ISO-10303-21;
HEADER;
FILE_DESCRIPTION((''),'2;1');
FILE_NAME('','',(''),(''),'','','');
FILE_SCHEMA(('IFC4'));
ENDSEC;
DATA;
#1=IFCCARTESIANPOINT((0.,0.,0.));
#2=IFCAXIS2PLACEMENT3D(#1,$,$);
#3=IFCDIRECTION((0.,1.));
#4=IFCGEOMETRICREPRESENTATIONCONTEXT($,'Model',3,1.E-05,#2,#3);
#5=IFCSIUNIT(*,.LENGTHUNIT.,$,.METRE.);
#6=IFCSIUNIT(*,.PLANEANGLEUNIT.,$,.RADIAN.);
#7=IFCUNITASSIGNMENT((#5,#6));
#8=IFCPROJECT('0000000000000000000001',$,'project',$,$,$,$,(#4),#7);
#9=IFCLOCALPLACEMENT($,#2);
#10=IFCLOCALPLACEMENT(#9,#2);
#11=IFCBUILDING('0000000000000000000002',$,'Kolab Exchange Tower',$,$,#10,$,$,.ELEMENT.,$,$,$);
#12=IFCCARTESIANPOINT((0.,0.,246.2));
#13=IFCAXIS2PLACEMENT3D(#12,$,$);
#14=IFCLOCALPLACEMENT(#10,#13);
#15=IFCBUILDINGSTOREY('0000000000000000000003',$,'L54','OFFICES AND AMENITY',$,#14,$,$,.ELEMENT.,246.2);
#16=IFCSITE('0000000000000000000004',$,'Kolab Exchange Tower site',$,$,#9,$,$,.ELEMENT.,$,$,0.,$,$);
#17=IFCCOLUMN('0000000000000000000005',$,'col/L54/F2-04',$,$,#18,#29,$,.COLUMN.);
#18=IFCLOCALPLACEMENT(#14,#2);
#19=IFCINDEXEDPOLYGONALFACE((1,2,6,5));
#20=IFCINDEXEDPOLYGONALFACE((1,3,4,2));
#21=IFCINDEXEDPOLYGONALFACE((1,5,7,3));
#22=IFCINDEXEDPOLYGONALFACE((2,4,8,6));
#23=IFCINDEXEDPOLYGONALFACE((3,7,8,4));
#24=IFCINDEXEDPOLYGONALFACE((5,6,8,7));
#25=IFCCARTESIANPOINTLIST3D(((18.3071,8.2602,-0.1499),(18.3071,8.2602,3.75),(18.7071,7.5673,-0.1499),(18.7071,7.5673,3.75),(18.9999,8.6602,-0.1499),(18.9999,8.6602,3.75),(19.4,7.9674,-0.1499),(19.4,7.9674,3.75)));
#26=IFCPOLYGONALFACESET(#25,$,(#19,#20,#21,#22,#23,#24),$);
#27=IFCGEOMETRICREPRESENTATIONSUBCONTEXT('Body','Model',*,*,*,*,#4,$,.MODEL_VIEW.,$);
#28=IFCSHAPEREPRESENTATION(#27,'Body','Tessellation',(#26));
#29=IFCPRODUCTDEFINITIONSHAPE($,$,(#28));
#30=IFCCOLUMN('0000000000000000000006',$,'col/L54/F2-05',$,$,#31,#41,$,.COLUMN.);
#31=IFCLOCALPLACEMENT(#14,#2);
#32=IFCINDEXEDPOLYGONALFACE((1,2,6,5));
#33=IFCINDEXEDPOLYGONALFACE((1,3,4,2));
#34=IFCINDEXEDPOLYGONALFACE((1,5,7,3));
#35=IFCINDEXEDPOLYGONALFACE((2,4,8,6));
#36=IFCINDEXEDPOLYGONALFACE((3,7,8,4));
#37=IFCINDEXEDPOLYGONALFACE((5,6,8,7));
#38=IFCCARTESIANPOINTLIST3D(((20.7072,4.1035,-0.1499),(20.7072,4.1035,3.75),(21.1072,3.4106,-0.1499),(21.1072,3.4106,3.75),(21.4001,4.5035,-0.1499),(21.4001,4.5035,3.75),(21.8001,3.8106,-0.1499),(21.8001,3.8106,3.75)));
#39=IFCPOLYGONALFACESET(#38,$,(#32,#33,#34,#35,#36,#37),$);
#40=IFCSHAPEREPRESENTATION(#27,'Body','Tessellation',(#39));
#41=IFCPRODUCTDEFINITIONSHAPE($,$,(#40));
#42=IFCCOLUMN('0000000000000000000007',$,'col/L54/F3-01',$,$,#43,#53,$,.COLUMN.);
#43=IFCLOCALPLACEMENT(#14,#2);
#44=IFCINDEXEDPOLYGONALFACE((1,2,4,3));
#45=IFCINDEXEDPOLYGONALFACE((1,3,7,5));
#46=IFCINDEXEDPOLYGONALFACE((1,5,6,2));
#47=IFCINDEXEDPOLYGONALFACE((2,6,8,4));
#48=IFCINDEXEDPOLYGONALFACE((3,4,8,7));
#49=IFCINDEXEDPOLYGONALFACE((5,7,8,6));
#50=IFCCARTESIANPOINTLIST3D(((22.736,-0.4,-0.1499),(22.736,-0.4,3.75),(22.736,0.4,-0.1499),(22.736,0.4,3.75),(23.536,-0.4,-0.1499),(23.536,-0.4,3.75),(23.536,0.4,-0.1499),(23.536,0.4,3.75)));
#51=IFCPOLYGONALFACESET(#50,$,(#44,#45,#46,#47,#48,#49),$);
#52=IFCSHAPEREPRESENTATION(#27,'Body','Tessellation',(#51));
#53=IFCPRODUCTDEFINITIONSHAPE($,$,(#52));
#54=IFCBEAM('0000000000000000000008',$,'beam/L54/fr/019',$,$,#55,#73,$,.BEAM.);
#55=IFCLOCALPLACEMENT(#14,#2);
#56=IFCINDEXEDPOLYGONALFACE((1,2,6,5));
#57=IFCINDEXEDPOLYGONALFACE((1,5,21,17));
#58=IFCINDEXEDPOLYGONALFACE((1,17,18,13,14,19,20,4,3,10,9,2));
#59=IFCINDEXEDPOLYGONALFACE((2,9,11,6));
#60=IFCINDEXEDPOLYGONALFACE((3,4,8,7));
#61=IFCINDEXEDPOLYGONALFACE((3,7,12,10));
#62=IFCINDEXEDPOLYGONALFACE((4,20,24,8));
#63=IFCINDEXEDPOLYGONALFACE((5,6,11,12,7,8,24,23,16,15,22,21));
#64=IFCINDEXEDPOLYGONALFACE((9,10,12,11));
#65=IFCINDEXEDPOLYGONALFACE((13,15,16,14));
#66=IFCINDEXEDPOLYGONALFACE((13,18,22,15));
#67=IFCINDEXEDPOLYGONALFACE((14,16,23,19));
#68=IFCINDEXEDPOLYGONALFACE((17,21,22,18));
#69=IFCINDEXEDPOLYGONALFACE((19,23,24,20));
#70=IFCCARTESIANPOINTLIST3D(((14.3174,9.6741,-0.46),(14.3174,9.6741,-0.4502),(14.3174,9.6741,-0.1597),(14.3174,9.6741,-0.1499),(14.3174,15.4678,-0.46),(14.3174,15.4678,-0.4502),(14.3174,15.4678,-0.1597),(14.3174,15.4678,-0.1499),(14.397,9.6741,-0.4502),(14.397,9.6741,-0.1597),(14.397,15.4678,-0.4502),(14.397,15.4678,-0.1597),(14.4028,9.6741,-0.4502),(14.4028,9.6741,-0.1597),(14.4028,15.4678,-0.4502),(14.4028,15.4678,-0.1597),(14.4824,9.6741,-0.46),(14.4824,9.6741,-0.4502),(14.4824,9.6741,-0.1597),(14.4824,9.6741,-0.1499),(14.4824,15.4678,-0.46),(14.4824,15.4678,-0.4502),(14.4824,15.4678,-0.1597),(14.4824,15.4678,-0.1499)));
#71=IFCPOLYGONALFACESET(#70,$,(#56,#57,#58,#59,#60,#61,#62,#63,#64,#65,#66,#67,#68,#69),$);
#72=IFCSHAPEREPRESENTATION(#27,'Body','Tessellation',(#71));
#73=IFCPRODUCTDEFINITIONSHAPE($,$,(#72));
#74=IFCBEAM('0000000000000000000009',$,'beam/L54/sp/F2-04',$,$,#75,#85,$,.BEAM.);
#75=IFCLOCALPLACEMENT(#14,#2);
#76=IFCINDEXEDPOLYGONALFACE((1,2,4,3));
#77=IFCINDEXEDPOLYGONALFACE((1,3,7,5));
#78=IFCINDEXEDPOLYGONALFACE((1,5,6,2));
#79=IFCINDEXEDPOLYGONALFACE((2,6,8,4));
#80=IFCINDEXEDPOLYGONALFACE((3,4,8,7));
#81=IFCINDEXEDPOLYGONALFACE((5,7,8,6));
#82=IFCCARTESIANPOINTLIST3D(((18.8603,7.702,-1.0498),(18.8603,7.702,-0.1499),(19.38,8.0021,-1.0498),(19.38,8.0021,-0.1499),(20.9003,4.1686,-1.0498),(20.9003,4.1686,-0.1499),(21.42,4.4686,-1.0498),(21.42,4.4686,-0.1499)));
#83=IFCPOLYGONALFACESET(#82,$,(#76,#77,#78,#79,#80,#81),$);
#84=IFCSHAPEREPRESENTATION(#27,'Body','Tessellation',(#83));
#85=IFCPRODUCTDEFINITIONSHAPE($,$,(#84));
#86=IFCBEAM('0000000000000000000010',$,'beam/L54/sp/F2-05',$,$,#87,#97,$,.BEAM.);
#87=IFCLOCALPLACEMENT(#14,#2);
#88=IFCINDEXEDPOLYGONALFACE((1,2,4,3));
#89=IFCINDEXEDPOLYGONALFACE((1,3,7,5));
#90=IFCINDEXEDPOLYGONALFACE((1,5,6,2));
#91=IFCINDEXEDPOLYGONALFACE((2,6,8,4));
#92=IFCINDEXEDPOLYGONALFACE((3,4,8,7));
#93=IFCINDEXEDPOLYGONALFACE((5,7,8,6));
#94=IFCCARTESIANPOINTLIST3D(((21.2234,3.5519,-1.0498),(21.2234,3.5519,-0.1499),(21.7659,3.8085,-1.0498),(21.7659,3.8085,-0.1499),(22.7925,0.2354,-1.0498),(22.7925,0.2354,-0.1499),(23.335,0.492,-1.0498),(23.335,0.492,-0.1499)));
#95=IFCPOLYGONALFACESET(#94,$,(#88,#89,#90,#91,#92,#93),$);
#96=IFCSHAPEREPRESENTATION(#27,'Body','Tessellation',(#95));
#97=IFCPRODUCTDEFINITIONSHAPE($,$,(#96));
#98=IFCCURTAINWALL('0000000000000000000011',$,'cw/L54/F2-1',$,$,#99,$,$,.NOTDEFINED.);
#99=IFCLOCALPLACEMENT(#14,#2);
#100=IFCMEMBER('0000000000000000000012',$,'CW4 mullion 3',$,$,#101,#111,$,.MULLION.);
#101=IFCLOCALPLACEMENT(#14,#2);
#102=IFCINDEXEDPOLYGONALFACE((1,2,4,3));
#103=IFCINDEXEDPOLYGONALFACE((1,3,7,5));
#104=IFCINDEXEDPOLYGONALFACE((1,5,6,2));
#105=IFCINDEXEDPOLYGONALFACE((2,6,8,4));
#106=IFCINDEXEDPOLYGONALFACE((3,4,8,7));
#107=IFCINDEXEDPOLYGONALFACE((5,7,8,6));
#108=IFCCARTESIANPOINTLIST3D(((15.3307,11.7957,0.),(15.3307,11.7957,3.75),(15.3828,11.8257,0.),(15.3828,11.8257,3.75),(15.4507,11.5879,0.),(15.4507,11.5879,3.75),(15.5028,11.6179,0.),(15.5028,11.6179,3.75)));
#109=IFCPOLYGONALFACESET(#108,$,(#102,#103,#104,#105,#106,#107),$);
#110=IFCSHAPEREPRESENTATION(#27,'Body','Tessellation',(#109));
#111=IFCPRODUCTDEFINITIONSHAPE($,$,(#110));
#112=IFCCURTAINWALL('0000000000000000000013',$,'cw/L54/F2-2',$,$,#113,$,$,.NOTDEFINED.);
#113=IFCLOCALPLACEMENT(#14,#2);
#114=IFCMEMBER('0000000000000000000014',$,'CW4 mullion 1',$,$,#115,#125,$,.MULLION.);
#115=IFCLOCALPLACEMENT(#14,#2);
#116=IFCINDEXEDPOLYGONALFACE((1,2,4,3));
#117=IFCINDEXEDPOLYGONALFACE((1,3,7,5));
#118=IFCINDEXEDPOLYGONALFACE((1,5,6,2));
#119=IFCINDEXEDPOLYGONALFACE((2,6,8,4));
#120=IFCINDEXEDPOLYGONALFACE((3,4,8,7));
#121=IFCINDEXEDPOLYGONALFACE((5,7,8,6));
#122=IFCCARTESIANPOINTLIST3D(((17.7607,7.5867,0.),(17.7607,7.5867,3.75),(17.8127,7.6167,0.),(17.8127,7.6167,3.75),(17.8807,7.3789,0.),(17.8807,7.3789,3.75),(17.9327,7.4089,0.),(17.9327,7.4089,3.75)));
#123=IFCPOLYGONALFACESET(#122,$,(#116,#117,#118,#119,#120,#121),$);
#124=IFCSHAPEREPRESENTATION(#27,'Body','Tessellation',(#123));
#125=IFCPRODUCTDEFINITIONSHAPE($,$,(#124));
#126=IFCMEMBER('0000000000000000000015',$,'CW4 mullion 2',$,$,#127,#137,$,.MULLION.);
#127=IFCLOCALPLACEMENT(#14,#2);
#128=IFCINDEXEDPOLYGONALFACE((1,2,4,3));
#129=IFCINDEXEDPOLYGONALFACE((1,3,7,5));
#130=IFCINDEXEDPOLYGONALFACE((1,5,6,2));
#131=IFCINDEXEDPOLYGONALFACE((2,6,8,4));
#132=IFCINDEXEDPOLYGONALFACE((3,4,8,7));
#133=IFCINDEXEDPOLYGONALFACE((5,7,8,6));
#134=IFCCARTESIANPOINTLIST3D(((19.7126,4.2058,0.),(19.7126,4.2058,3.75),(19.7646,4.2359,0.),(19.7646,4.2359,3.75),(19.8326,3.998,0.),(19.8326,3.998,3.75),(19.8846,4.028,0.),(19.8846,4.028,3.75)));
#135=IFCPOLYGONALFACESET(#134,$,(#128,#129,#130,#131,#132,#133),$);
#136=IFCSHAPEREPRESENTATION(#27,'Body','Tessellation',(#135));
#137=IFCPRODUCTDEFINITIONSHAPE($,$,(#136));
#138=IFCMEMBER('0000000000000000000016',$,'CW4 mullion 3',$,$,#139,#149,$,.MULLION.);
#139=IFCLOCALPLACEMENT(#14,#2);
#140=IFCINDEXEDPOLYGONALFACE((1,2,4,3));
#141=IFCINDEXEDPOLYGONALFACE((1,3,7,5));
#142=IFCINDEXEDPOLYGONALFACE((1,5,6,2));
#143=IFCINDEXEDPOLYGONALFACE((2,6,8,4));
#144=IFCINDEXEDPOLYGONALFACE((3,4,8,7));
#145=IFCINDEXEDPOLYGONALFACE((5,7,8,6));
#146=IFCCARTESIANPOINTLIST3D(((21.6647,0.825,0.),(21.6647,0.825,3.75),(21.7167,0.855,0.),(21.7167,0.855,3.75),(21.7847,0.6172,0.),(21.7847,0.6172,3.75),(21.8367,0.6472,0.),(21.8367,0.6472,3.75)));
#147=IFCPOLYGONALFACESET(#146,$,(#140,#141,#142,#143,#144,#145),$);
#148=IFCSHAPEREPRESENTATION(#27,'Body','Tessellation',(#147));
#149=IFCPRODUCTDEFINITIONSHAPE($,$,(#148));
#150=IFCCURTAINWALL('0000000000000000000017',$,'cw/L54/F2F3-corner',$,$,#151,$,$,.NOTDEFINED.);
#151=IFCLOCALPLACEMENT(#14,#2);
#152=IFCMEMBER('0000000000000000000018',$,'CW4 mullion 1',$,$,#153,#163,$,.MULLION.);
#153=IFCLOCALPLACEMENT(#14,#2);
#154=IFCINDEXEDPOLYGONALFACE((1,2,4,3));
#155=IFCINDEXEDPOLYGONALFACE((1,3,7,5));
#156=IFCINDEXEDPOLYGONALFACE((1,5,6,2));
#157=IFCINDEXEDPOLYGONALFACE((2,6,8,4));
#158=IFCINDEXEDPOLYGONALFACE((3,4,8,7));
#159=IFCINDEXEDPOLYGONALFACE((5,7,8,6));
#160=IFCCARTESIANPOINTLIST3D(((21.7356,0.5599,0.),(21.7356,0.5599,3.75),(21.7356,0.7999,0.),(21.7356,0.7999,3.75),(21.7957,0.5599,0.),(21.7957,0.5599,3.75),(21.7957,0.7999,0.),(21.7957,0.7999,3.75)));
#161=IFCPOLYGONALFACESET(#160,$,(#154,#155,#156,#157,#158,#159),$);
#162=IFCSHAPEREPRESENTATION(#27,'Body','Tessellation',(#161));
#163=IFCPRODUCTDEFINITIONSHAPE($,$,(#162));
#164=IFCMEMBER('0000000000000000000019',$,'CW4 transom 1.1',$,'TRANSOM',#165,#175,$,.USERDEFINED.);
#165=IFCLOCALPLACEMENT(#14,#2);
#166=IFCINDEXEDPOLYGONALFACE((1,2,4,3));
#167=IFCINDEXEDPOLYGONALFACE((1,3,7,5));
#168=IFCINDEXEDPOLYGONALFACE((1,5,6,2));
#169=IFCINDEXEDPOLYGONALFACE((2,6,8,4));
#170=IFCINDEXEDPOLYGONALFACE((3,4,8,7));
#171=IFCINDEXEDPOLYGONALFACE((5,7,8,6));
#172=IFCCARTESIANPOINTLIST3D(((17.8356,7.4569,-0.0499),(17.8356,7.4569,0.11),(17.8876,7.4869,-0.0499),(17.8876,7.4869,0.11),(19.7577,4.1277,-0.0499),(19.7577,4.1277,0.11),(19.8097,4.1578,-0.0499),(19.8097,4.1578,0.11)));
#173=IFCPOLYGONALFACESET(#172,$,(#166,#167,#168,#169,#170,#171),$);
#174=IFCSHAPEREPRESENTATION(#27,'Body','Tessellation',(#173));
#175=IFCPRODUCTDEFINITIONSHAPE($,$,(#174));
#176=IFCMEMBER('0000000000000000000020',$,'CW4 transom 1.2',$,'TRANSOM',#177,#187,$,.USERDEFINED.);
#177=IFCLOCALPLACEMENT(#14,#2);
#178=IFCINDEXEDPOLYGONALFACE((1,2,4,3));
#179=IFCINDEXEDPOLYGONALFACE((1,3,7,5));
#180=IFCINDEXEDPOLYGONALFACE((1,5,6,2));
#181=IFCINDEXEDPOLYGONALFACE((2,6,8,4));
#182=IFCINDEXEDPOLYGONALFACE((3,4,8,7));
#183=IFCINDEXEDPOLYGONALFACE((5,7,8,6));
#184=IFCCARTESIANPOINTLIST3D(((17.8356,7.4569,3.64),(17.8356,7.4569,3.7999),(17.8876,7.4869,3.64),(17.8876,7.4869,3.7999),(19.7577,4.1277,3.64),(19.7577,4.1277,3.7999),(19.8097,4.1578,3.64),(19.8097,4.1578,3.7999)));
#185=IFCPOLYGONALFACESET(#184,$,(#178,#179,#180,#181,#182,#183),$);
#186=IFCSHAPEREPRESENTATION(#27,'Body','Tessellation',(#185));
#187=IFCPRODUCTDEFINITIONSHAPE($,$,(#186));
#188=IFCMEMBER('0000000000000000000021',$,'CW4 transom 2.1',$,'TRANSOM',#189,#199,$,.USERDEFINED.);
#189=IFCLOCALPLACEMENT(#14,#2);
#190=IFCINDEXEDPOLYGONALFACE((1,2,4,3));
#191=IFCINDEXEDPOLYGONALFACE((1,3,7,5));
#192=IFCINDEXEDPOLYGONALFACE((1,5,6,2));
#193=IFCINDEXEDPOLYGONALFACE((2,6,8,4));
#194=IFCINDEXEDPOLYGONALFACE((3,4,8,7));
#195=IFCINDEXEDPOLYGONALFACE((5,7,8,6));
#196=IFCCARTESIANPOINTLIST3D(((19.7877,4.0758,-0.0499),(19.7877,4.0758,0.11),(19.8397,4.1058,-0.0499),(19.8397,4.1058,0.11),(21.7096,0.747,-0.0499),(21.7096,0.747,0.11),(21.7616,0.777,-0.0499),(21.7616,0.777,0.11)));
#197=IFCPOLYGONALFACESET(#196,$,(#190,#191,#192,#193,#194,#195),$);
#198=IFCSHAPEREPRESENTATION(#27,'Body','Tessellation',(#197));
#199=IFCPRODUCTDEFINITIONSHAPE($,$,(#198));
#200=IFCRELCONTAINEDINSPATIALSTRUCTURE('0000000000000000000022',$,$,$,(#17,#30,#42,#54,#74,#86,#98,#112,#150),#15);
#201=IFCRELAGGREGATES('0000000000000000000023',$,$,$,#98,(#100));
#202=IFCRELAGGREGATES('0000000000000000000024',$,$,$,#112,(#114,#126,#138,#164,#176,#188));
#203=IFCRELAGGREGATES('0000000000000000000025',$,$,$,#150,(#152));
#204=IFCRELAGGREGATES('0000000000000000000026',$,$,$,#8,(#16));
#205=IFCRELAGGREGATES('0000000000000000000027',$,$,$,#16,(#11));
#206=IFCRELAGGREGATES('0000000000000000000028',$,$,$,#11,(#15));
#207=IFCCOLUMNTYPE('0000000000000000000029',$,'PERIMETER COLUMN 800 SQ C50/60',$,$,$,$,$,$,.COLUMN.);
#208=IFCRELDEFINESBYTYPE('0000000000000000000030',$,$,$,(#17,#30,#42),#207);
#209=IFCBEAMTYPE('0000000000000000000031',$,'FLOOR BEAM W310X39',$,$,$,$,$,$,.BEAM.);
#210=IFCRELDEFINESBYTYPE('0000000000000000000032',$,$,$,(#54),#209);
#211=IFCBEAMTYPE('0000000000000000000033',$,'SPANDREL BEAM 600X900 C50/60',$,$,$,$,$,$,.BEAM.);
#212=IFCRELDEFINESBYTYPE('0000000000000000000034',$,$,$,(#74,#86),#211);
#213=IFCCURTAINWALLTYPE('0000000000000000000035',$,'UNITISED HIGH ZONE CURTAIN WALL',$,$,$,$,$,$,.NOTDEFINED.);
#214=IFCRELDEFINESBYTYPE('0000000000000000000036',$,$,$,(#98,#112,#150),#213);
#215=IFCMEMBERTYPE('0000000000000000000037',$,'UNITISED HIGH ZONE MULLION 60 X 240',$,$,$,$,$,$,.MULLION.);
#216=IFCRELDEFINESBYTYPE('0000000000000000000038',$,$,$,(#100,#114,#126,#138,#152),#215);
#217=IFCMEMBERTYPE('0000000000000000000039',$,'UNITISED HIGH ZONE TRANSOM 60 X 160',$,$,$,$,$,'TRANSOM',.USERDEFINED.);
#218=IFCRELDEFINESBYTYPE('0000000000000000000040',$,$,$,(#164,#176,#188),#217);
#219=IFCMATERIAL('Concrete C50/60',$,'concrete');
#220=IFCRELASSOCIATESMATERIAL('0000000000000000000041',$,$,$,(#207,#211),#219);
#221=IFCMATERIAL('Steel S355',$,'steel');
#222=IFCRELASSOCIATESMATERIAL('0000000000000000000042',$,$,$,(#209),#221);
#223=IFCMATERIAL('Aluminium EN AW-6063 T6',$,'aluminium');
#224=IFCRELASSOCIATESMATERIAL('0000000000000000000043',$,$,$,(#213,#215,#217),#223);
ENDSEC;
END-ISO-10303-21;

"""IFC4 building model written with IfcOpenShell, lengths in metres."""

from ifc_helpers import new_model, si_unit, direction, frame, origin, origin_2d, place, context, subcontext, project, spatial, rectangle, i_section, extrude, material, material_profile, profile_set, type_object, element, aggregate, save


model = new_model("IFC4")

# Units and contexts
model_context = context("Model", 3, precision=1e-05, world=origin(), true_north=direction((0.0, 1.0)))
body_context = subcontext(model_context, "Body", "Model", "MODEL_VIEW")
ifc_project = project(units=[si_unit("LENGTHUNIT", "METRE"), si_unit("PLANEANGLEUNIT", "RADIAN")], contexts=[model_context])

# Site, building, storey
site_placement = place(None, origin())
site = spatial("IfcSite", under=ifc_project, at=site_placement, Name="Kolab Exchange Tower site", CompositionType="ELEMENT", RefElevation=0.0)
building_placement = place(site_placement, origin())
building = spatial("IfcBuilding", under=site, at=building_placement, Name="Kolab Exchange Tower", CompositionType="ELEMENT")
storey_placement = place(building_placement, frame((0.0, 0.0, 246.2)))
storey = spatial("IfcBuildingStorey", under=building, at=storey_placement, Name="L54", Description="OFFICES AND AMENITY", CompositionType="ELEMENT", Elevation=246.2)

# Columns
ifc_material_1 = material(Name="Concrete C50/60", Category="concrete")
ifc_material_profile_1 = material_profile(ifc_material_1, rectangle(XDim=0.8, YDim=0.8, at=origin_2d()), Name="RC800")
ifc_profile_set_1 = profile_set([ifc_material_profile_1], Name="Concrete C50/60")
column_type = type_object("IfcColumnType", Name="PERIMETER COLUMN 800 SQ C50/60", PredefinedType="COLUMN", material=ifc_profile_set_1)
for number, where, z_axis, x_axis, name in (
    (1, (18.8535, 8.1138, -0.1499), (0.0, 0.0, 1.0), (0.866025, 0.5, 0.0), "col/L54/F2-04"),
    (2, (21.2537, 3.957, -0.1499), (0.0, 0.0, 1.0), (0.866025, 0.5, 0.0), "col/L54/F2-05"),
    (3, (23.136, 0.0, -0.1499), (0.0, 0.0, 1.0), (1.0, 0.0, 0.0), "col/L54/F3-01"),
):
    element("IfcColumn", number, at=place(storey_placement, frame(where, z_axis=z_axis, x_axis=x_axis)), inside=storey, type_object=column_type, Name=name, PredefinedType="COLUMN", context=body_context, shape_type="SweptSolid", body=[
        extrude(rectangle(XDim=0.8, YDim=0.8, at=origin_2d()), origin(), (0.0, 0.0, 1.0), 3.8999),
    ])

# Beams
ifc_material_2 = material(Name="Steel S355", Category="steel")
ifc_material_profile_2 = material_profile(ifc_material_2, i_section(OverallWidth=0.165, OverallDepth=0.3101, WebThickness=0.0059, FlangeThickness=0.0098, at=origin_2d()), Name="W310X39")
ifc_profile_set_2 = profile_set([ifc_material_profile_2], Name="Steel S355")
beam_type_1 = type_object("IfcBeamType", Name="FLOOR BEAM W310X39", PredefinedType="BEAM", material=ifc_profile_set_2)
beam_1_placement = place(storey_placement, frame((14.3999, 9.6741, -0.3049), z_axis=(0.0, 1.0, 0.0), x_axis=(-1.0, 0.0, 0.0)))
element("IfcBeam", 4, at=beam_1_placement, inside=storey, type_object=beam_type_1, Name="beam/L54/fr/019", PredefinedType="BEAM", context=body_context, shape_type="SweptSolid", body=[
    extrude(i_section(OverallWidth=0.165, OverallDepth=0.3101, WebThickness=0.0059, FlangeThickness=0.0098, at=origin_2d()), origin(), (0.0, 0.0, 1.0), 5.7937),
])
ifc_material_profile_3 = material_profile(ifc_material_1, rectangle(XDim=0.6001, YDim=0.8999, at=origin_2d()), Name="RC600X900")
ifc_profile_set_3 = profile_set([ifc_material_profile_3], Name="Concrete C50/60")
beam_type_2 = type_object("IfcBeamType", Name="SPANDREL BEAM 600X900 C50/60", PredefinedType="BEAM", material=ifc_profile_set_3)
beam_2_placement = place(storey_placement, frame((19.1201, 7.8521, -0.5999), z_axis=(0.5, -0.866025, 0.0), x_axis=(0.866025, 0.5, 0.0)))
element("IfcBeam", 5, at=beam_2_placement, inside=storey, type_object=beam_type_2, Name="beam/L54/sp/F2-04", PredefinedType="BEAM", context=body_context, shape_type="SweptSolid", body=[
    extrude(rectangle(XDim=0.6001, YDim=0.8999, at=origin_2d()), origin(), (0.0, 0.0, 1.0), 4.0801),
])
beam_3_placement = place(storey_placement, frame((21.4946, 3.6802, -0.5999), z_axis=(0.427677, -0.903932, 0.0), x_axis=(0.903932, 0.427677, 0.0)))
element("IfcBeam", 6, at=beam_3_placement, inside=storey, type_object=beam_type_2, Name="beam/L54/sp/F2-05", PredefinedType="BEAM", context=body_context, shape_type="SweptSolid", body=[
    extrude(rectangle(XDim=0.6001, YDim=0.8999, at=origin_2d()), origin(), (0.0, 0.0, 1.0), 3.6689),
])

# Curtain wall, member
ifc_material_3 = material(Name="Aluminium EN AW-6063 T6", Category="aluminium")
curtain_wall_type = type_object("IfcCurtainWallType", Name="UNITISED HIGH ZONE CURTAIN WALL", PredefinedType="NOTDEFINED", material=ifc_material_3)
curtain_wall_1_placement = place(storey_placement, origin())
curtain_wall_1 = element("IfcCurtainWall", 7, at=curtain_wall_1_placement, inside=storey, type_object=curtain_wall_type, Name="cw/L54/F2-1", PredefinedType="NOTDEFINED")
ifc_material_profile_4 = material_profile(ifc_material_3, rectangle(XDim=0.0601, YDim=0.24, at=origin_2d()), Name="RECT 60X240")
ifc_profile_set_4 = profile_set([ifc_material_profile_4], Name="Aluminium EN AW-6063 T6")
member_type_1 = type_object("IfcMemberType", Name="UNITISED HIGH ZONE MULLION 60 X 240", PredefinedType="MULLION", material=ifc_profile_set_4)
member_1_placement = place(storey_placement, frame((15.4167, 11.7068, 0.0), z_axis=(0.0, 0.0, 1.0), x_axis=(0.866025, 0.5, 0.0)))
member_1 = element("IfcMember", 8, at=member_1_placement, type_object=member_type_1, Name="CW4 mullion 3", PredefinedType="MULLION", context=body_context, shape_type="SweptSolid", body=[
    extrude(rectangle(XDim=0.0601, YDim=0.24, at=origin_2d()), origin(), (0.0, 0.0, 1.0), 3.75),
])
aggregate(curtain_wall_1, [member_1])

# Curtain wall, members
curtain_wall_2_placement = place(storey_placement, origin())
curtain_wall_2 = element("IfcCurtainWall", 9, at=curtain_wall_2_placement, inside=storey, type_object=curtain_wall_type, Name="cw/L54/F2-2", PredefinedType="NOTDEFINED")
member_2_placement = place(storey_placement, frame((17.8467, 7.4978, 0.0), z_axis=(0.0, 0.0, 1.0), x_axis=(0.866025, 0.5, 0.0)))
member_2 = element("IfcMember", 10, at=member_2_placement, type_object=member_type_1, Name="CW4 mullion 1", PredefinedType="MULLION", context=body_context, shape_type="SweptSolid", body=[
    extrude(rectangle(XDim=0.0601, YDim=0.24, at=origin_2d()), origin(), (0.0, 0.0, 1.0), 3.75),
])
member_3_placement = place(storey_placement, frame((19.7986, 4.1169, 0.0), z_axis=(0.0, 0.0, 1.0), x_axis=(0.866025, 0.5, 0.0)))
member_3 = element("IfcMember", 11, at=member_3_placement, type_object=member_type_1, Name="CW4 mullion 2", PredefinedType="MULLION", context=body_context, shape_type="SweptSolid", body=[
    extrude(rectangle(XDim=0.0601, YDim=0.24, at=origin_2d()), origin(), (0.0, 0.0, 1.0), 3.75),
])
member_4_placement = place(storey_placement, frame((21.7507, 0.7361, 0.0), z_axis=(0.0, 0.0, 1.0), x_axis=(0.866025, 0.5, 0.0)))
member_4 = element("IfcMember", 12, at=member_4_placement, type_object=member_type_1, Name="CW4 mullion 3", PredefinedType="MULLION", context=body_context, shape_type="SweptSolid", body=[
    extrude(rectangle(XDim=0.0601, YDim=0.24, at=origin_2d()), origin(), (0.0, 0.0, 1.0), 3.75),
])

# Curtain wall, member
curtain_wall_3_placement = place(storey_placement, origin())
curtain_wall_3 = element("IfcCurtainWall", 13, at=curtain_wall_3_placement, inside=storey, type_object=curtain_wall_type, Name="cw/L54/F2F3-corner", PredefinedType="NOTDEFINED")
member_5_placement = place(storey_placement, frame((21.7656, 0.6799, 0.0), z_axis=(0.0, 0.0, 1.0), x_axis=(1.0, 0.0, 0.0)))
member_5 = element("IfcMember", 14, at=member_5_placement, type_object=member_type_1, Name="CW4 mullion 1", PredefinedType="MULLION", context=body_context, shape_type="SweptSolid", body=[
    extrude(rectangle(XDim=0.0601, YDim=0.24, at=origin_2d()), origin(), (0.0, 0.0, 1.0), 3.75),
])

# Members
ifc_material_profile_5 = material_profile(ifc_material_3, rectangle(XDim=0.0601, YDim=0.1599, at=origin_2d()), Name="RECT 60X160")
ifc_profile_set_5 = profile_set([ifc_material_profile_5], Name="Aluminium EN AW-6063 T6")
member_type_2 = type_object("IfcMemberType", Name="UNITISED HIGH ZONE TRANSOM 60 X 160", ElementType="TRANSOM", PredefinedType="USERDEFINED", material=ifc_profile_set_5)
member_6_placement = place(storey_placement, frame((17.8616, 7.4719, 0.03), z_axis=(0.500012, -0.866018, 0.0), x_axis=(0.866018, 0.500012, 0.0)))
member_6 = element("IfcMember", 15, at=member_6_placement, type_object=member_type_2, Name="CW4 transom 1.1", ObjectType="TRANSOM", PredefinedType="USERDEFINED", context=body_context, shape_type="SweptSolid", body=[
    extrude(rectangle(XDim=0.0601, YDim=0.1599, at=origin_2d()), origin(), (0.0, 0.0, 1.0), 3.8442),
])
member_7_placement = place(storey_placement, frame((17.8616, 7.4719, 3.72), z_axis=(0.500012, -0.866018, 0.0), x_axis=(0.866018, 0.500012, 0.0)))
member_7 = element("IfcMember", 16, at=member_7_placement, type_object=member_type_2, Name="CW4 transom 1.2", ObjectType="TRANSOM", PredefinedType="USERDEFINED", context=body_context, shape_type="SweptSolid", body=[
    extrude(rectangle(XDim=0.0601, YDim=0.1599, at=origin_2d()), origin(), (0.0, 0.0, 1.0), 3.8442),
])
member_8_placement = place(storey_placement, frame((19.8137, 4.0908, 0.03), z_axis=(0.499992, -0.86603, 0.0), x_axis=(0.86603, 0.499992, 0.0)))
member_8 = element("IfcMember", 17, at=member_8_placement, type_object=member_type_2, Name="CW4 transom 2.1", ObjectType="TRANSOM", PredefinedType="USERDEFINED", context=body_context, shape_type="SweptSolid", body=[
    extrude(rectangle(XDim=0.0601, YDim=0.1599, at=origin_2d()), origin(), (0.0, 0.0, 1.0), 3.8438),
])

aggregate(curtain_wall_2, [member_2, member_3, member_4, member_6, member_7, member_8])
aggregate(curtain_wall_3, [member_5])

save(model, "model.ifc")
